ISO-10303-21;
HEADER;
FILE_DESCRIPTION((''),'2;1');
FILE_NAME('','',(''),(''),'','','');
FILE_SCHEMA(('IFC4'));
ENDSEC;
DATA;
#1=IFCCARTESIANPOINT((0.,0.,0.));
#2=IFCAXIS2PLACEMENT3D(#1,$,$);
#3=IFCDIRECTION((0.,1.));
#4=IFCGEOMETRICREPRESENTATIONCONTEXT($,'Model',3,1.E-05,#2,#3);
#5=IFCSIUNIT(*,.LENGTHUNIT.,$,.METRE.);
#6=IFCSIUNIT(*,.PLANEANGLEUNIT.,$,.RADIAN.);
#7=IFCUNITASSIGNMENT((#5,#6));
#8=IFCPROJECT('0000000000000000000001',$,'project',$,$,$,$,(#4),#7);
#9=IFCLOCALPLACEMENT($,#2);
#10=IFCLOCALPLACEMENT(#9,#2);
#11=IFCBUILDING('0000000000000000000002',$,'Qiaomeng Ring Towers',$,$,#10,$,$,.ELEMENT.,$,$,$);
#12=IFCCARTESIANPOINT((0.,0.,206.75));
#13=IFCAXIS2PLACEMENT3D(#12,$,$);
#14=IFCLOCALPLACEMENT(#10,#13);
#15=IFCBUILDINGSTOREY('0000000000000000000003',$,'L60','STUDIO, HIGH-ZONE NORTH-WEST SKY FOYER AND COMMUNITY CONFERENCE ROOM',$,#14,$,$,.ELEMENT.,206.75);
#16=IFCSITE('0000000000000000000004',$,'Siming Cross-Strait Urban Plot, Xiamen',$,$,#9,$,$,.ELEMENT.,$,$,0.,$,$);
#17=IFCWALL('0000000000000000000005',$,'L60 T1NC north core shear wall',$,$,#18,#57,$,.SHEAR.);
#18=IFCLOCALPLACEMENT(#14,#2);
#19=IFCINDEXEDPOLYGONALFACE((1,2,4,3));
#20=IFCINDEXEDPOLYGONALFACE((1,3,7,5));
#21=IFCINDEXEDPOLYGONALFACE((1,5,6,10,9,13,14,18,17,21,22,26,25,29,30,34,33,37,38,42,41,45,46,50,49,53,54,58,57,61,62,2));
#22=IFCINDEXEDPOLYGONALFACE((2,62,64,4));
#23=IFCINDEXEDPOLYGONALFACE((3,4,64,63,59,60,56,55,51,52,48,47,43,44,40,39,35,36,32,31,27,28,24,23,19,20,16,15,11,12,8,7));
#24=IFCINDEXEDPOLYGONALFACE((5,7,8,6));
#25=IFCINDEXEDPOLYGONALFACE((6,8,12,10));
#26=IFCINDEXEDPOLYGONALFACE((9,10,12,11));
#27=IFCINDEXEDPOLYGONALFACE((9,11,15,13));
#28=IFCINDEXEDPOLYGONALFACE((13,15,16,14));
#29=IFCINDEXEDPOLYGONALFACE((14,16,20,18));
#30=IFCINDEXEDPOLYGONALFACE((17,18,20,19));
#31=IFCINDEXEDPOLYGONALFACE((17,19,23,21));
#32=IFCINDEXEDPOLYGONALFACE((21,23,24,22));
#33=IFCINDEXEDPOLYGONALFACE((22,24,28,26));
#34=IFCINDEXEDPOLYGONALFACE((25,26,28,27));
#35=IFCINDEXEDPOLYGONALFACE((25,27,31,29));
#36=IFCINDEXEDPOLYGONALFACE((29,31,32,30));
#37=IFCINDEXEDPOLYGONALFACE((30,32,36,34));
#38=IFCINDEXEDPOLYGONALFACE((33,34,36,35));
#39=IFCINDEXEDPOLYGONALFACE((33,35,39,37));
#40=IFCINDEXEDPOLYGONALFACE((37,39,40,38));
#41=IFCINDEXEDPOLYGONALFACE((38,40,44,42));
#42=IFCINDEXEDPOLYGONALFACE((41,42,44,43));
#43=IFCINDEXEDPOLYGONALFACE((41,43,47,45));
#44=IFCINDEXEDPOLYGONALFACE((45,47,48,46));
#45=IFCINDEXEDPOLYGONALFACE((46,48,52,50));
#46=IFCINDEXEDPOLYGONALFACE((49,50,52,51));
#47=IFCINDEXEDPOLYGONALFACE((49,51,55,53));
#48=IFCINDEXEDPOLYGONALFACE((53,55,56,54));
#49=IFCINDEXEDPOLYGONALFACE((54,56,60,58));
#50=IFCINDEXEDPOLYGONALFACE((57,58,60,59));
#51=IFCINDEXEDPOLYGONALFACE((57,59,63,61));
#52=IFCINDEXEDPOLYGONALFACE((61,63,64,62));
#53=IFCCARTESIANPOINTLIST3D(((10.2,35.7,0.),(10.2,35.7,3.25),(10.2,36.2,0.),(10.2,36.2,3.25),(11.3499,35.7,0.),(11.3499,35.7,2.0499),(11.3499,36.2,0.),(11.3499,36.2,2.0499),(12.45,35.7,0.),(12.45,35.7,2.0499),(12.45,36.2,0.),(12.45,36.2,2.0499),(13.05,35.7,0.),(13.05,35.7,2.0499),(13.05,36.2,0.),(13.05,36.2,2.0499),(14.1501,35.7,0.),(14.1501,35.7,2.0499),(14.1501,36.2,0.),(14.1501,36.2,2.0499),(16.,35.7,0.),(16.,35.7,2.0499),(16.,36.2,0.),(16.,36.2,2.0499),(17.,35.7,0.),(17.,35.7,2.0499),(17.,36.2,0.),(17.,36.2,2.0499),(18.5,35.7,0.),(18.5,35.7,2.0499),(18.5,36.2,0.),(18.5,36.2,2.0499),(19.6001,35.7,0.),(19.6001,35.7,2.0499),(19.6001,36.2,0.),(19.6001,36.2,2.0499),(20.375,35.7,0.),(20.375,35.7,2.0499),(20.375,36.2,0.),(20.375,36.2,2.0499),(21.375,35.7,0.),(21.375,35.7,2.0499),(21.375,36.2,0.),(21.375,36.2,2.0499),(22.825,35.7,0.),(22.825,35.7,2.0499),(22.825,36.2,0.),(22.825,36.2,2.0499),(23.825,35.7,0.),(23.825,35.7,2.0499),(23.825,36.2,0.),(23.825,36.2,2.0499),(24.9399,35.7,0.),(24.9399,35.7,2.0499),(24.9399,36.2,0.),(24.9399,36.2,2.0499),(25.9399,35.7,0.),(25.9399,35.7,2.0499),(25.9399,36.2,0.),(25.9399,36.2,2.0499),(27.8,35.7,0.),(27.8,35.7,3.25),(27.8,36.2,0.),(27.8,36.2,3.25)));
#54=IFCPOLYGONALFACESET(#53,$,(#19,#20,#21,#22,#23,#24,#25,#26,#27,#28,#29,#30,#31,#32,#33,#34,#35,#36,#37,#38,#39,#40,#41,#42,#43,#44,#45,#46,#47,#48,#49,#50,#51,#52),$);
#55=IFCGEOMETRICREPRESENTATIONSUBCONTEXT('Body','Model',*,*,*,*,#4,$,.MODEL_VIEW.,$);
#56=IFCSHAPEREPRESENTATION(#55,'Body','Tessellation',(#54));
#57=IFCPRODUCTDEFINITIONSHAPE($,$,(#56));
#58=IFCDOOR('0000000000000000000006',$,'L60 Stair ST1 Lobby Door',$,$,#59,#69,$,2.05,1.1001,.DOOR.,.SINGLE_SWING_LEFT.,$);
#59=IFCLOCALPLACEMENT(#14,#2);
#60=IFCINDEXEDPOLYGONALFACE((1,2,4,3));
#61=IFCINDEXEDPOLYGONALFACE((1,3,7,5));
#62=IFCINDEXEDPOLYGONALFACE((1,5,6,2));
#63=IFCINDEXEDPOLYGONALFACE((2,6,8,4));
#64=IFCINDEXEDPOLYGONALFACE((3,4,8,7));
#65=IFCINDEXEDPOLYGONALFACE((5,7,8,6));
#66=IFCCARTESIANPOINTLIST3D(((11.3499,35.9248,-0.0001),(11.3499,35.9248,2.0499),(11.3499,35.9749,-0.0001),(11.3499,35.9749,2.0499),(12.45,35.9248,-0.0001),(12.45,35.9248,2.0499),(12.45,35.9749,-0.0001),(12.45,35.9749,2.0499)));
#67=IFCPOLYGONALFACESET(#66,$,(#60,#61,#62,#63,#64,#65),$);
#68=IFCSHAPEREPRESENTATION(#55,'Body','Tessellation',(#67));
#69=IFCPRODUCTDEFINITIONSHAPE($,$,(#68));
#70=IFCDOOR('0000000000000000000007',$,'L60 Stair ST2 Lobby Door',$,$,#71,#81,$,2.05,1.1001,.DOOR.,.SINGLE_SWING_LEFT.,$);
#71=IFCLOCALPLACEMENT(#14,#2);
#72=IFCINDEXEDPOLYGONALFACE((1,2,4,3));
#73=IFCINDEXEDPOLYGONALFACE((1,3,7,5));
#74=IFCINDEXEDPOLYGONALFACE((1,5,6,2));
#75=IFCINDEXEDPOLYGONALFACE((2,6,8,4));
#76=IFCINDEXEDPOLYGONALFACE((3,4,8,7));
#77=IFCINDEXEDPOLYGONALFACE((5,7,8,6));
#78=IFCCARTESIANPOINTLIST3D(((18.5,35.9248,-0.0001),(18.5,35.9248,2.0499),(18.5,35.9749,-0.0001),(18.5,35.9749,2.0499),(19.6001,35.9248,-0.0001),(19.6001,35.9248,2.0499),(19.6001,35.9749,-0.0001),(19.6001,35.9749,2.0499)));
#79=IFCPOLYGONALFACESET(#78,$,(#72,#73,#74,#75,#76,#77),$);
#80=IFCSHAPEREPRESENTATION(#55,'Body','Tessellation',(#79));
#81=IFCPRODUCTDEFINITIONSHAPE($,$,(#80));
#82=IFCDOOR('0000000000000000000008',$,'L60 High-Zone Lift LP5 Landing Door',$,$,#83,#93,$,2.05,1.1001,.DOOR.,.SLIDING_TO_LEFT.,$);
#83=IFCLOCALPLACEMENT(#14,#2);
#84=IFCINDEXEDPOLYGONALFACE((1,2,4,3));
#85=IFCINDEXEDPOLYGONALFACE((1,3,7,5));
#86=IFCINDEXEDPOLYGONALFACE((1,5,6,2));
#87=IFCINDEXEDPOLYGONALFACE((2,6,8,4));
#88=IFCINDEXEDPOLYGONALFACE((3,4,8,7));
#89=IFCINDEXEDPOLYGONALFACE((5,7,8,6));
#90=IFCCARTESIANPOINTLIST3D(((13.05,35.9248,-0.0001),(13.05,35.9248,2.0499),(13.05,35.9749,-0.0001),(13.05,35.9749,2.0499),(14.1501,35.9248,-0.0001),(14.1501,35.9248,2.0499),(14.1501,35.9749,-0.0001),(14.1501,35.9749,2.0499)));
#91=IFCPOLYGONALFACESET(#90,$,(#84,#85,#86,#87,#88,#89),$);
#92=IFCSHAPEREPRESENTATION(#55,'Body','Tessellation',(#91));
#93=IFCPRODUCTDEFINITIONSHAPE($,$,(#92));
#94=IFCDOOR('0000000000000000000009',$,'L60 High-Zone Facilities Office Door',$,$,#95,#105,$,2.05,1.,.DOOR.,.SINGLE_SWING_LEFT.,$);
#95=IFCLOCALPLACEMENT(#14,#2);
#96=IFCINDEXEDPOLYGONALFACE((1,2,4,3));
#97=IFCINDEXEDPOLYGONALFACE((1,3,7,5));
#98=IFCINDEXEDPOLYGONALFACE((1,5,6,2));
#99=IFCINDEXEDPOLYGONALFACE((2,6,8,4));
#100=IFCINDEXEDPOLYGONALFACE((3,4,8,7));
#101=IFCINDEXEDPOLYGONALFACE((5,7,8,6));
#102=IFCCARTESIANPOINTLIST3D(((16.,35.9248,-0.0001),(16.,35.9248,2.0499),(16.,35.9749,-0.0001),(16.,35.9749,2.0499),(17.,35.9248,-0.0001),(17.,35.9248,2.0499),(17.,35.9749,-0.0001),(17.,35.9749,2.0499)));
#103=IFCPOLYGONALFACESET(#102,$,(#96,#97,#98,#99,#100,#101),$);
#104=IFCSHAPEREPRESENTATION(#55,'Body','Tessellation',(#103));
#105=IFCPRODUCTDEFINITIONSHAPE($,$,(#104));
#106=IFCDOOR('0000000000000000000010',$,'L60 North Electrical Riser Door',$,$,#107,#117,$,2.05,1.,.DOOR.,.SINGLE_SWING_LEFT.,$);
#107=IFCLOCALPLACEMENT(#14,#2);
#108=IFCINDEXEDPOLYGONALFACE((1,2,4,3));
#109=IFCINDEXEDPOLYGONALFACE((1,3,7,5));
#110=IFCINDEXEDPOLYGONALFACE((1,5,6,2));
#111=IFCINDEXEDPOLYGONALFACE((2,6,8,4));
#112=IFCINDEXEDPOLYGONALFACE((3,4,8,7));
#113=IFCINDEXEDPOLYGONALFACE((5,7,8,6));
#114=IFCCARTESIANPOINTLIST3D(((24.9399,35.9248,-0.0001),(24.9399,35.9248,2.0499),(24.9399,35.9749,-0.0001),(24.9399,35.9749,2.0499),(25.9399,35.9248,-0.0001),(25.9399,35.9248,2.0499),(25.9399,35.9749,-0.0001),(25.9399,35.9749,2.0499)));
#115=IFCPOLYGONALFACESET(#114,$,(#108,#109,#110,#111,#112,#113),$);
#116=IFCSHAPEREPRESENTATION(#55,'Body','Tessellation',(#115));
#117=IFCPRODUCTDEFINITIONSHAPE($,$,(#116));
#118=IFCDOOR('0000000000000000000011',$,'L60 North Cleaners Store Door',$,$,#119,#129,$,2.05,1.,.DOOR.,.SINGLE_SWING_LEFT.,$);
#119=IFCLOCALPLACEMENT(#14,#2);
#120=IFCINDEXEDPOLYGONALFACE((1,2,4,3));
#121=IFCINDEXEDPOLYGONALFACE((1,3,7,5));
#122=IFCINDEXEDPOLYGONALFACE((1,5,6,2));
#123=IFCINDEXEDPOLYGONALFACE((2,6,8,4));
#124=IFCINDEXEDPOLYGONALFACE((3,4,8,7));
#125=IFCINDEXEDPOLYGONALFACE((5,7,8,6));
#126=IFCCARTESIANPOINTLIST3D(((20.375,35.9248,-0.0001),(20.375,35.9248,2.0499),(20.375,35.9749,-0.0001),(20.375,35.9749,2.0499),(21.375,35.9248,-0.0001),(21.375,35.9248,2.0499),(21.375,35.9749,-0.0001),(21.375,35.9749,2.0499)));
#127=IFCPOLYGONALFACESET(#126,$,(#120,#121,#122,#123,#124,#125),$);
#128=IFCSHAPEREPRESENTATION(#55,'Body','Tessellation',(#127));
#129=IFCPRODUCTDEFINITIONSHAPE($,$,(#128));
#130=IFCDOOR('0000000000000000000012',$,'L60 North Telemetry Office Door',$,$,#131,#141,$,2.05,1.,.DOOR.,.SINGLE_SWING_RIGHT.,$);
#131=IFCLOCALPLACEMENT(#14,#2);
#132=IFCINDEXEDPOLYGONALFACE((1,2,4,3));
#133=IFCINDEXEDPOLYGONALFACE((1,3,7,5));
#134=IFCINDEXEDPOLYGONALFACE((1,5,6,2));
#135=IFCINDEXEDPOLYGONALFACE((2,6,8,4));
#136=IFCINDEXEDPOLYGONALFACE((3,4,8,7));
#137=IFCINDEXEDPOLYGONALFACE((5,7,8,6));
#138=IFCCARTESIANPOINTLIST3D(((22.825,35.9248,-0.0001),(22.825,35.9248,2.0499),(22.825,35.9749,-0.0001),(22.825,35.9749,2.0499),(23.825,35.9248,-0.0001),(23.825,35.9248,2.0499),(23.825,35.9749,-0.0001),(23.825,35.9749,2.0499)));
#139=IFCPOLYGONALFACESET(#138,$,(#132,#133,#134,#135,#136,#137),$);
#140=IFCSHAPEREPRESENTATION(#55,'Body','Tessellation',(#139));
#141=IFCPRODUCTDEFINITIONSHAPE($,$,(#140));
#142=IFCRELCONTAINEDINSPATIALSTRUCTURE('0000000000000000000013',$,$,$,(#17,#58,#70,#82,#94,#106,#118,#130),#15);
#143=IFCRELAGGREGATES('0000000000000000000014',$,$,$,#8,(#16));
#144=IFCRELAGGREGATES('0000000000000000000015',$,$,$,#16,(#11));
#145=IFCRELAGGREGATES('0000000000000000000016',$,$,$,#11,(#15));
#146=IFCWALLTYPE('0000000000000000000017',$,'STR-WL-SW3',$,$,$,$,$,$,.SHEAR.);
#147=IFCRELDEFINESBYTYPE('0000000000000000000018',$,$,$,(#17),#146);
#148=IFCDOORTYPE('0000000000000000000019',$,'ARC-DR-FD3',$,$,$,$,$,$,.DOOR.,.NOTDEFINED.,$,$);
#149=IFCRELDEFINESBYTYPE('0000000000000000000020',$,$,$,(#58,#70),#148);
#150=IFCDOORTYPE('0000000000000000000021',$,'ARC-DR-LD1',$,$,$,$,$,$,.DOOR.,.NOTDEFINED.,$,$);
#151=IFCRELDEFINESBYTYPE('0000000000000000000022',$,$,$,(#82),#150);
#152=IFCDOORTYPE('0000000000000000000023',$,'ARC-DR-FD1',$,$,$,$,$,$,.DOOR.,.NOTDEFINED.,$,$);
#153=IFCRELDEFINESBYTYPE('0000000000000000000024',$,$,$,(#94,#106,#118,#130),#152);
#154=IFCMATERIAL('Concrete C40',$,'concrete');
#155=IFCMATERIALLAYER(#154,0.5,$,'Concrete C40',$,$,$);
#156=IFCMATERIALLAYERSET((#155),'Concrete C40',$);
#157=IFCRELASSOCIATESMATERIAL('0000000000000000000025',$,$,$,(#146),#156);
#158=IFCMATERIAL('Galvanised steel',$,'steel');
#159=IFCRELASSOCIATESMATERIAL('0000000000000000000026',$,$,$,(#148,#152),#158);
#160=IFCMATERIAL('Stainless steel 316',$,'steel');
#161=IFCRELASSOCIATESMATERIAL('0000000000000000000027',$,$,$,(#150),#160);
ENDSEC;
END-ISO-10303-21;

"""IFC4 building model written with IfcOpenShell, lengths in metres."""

from ifc_helpers import new_model, si_unit, direction, frame, frame_2d, origin, place, context, subcontext, project, spatial, rectangle, extrude, source, transform, mapped, material, layer, layer_set, type_object, element, fill, save


model = new_model("IFC4")

# Units and contexts
model_context = context("Model", 3, precision=1e-05, world=origin(), true_north=direction((0.0, 1.0)))
body_context = subcontext(model_context, "Body", "Model", "MODEL_VIEW")
ifc_project = project(units=[si_unit("LENGTHUNIT", "METRE"), si_unit("PLANEANGLEUNIT", "RADIAN")], contexts=[model_context])

# Site, building, storey
site_placement = place(None, origin())
site = spatial("IfcSite", under=ifc_project, at=site_placement, Name="Siming Cross-Strait Urban Plot, Xiamen", CompositionType="ELEMENT", RefElevation=0.0)
building_placement = place(site_placement, origin())
building = spatial("IfcBuilding", under=site, at=building_placement, Name="Qiaomeng Ring Towers", CompositionType="ELEMENT")
storey_placement = place(building_placement, frame((0.0, 0.0, 206.75)))
storey = spatial("IfcBuildingStorey", under=building, at=storey_placement, Name="L60", Description="STUDIO, HIGH-ZONE NORTH-WEST SKY FOYER AND COMMUNITY CONFERENCE ROOM", CompositionType="ELEMENT", Elevation=206.75)

# Shared definitions
ifc_material_1 = material(Name="Concrete C40", Category="concrete")

# Wall, openings, doors
ifc_layer_1 = layer(ifc_material_1, 0.5, Name="Concrete C40")
ifc_layer_set_1 = layer_set([ifc_layer_1], Name="Concrete C40")
wall_type_1 = type_object("IfcWallType", Name="STR-WL-SW3", PredefinedType="SHEAR", material=ifc_layer_set_1)
wall_1_placement = place(storey_placement, frame((10.2, 35.95, 0.0), z_axis=(0.0, 0.0, 1.0), x_axis=(1.0, 0.0, 0.0)))
wall_1 = element("IfcWall", 1, at=wall_1_placement, inside=storey, type_object=wall_type_1, Name="L60 T1NC north core shear wall", PredefinedType="SHEAR", context=body_context, shape_type="SweptSolid", body=[
    extrude(rectangle(XDim=17.6001, YDim=0.5, at=frame_2d((8.8, 0.0))), origin(), (0.0, 0.0, 1.0), 3.25),
])
opening_1_placement = place(wall_1_placement, frame((1.1499, 0.0, 0.0)))
opening_1 = element("IfcOpeningElement", 2, at=opening_1_placement, cuts=wall_1, PredefinedType="OPENING", context=body_context, shape_type="SweptSolid", body=[
    extrude(rectangle(XDim=1.1001, YDim=2.05, at=frame_2d((0.55, 1.0249))), frame((0.0, 0.26, 0.0), z_axis=(0.0, -1.0, 0.0), x_axis=(1.0, 0.0, 0.0)), (0.0, 0.0, 1.0), 0.52),
])
opening_2_placement = place(wall_1_placement, frame((8.3, 0.0, 0.0)))
opening_2 = element("IfcOpeningElement", 3, at=opening_2_placement, cuts=wall_1, PredefinedType="OPENING", context=body_context, shape_type="SweptSolid", body=[
    extrude(rectangle(XDim=1.1001, YDim=2.05, at=frame_2d((0.55, 1.0249))), frame((0.0, 0.26, 0.0), z_axis=(0.0, -1.0, 0.0), x_axis=(1.0, 0.0, 0.0)), (0.0, 0.0, 1.0), 0.52),
])
opening_3_placement = place(wall_1_placement, frame((2.8501, 0.0, 0.0)))
opening_3 = element("IfcOpeningElement", 4, at=opening_3_placement, cuts=wall_1, PredefinedType="OPENING", context=body_context, shape_type="SweptSolid", body=[
    extrude(rectangle(XDim=1.1001, YDim=2.05, at=frame_2d((0.55, 1.0249))), frame((0.0, 0.26, 0.0), z_axis=(0.0, -1.0, 0.0), x_axis=(1.0, 0.0, 0.0)), (0.0, 0.0, 1.0), 0.52),
])
opening_4_placement = place(wall_1_placement, frame((5.8, 0.0, 0.0)))
opening_4 = element("IfcOpeningElement", 5, at=opening_4_placement, cuts=wall_1, PredefinedType="OPENING", context=body_context, shape_type="SweptSolid", body=[
    extrude(rectangle(XDim=1.0, YDim=2.05, at=frame_2d((0.5, 1.0249))), frame((0.0, 0.26, 0.0), z_axis=(0.0, -1.0, 0.0), x_axis=(1.0, 0.0, 0.0)), (0.0, 0.0, 1.0), 0.52),
])
opening_5_placement = place(wall_1_placement, frame((14.74, 0.0, 0.0)))
opening_5 = element("IfcOpeningElement", 6, at=opening_5_placement, cuts=wall_1, PredefinedType="OPENING", context=body_context, shape_type="SweptSolid", body=[
    extrude(rectangle(XDim=1.0, YDim=2.05, at=frame_2d((0.5, 1.0249))), frame((0.0, 0.26, 0.0), z_axis=(0.0, -1.0, 0.0), x_axis=(1.0, 0.0, 0.0)), (0.0, 0.0, 1.0), 0.52),
])
opening_6_placement = place(wall_1_placement, frame((10.175, 0.0, 0.0)))
opening_6 = element("IfcOpeningElement", 7, at=opening_6_placement, cuts=wall_1, PredefinedType="OPENING", context=body_context, shape_type="SweptSolid", body=[
    extrude(rectangle(XDim=1.0, YDim=2.05, at=frame_2d((0.5, 1.0249))), frame((0.0, 0.26, 0.0), z_axis=(0.0, -1.0, 0.0), x_axis=(1.0, 0.0, 0.0)), (0.0, 0.0, 1.0), 0.52),
])
opening_7_placement = place(wall_1_placement, frame((12.625, 0.0, 0.0)))
opening_7 = element("IfcOpeningElement", 8, at=opening_7_placement, cuts=wall_1, PredefinedType="OPENING", context=body_context, shape_type="SweptSolid", body=[
    extrude(rectangle(XDim=1.0, YDim=2.05, at=frame_2d((0.5, 1.0249))), frame((0.0, 0.26, 0.0), z_axis=(0.0, -1.0, 0.0), x_axis=(1.0, 0.0, 0.0)), (0.0, 0.0, 1.0), 0.52),
])
ifc_material_2 = material(Name="Galvanised steel", Category="steel")
door_type_1 = type_object("IfcDoorType", Name="ARC-DR-FD3", OperationType="NOTDEFINED", PredefinedType="DOOR", material=ifc_material_2)
shared_shape_1 = source(origin(), body_context, "Body", "SweptSolid", [
    extrude(rectangle(XDim=1.1001, YDim=2.05, at=frame_2d((0.55, 1.0249))), frame((0.0, 0.0249, 0.0), z_axis=(0.0, -1.0, 0.0), x_axis=(1.0, 0.0, 0.0)), (0.0, 0.0, 1.0), 0.05),
])
door_1_placement = place(opening_1_placement, origin())
door_1 = element("IfcDoor", 9, at=door_1_placement, inside=storey, type_object=door_type_1, Name="L60 Stair ST1 Lobby Door", OperationType="SINGLE_SWING_LEFT", OverallHeight=2.05, OverallWidth=1.1001, PredefinedType="DOOR", context=body_context, shape_type="MappedRepresentation", body=[
    mapped(shared_shape_1, transform((0.0, 0.0, 0.0), x_axis=(1.0, 0.0, 0.0), y_axis=(0.0, 1.0, 0.0), z_axis=(0.0, 0.0, 1.0), scale=1.0)),
])
fill(opening_1, door_1)
door_2_placement = place(opening_2_placement, origin())
door_2 = element("IfcDoor", 10, at=door_2_placement, inside=storey, type_object=door_type_1, Name="L60 Stair ST2 Lobby Door", OperationType="SINGLE_SWING_LEFT", OverallHeight=2.05, OverallWidth=1.1001, PredefinedType="DOOR", context=body_context, shape_type="MappedRepresentation", body=[
    mapped(shared_shape_1, transform((0.0, 0.0, 0.0), x_axis=(1.0, 0.0, 0.0), y_axis=(0.0, 1.0, 0.0), z_axis=(0.0, 0.0, 1.0), scale=1.0)),
])
fill(opening_2, door_2)
ifc_material_3 = material(Name="Stainless steel 316", Category="steel")
door_type_2 = type_object("IfcDoorType", Name="ARC-DR-LD1", OperationType="NOTDEFINED", PredefinedType="DOOR", material=ifc_material_3)
door_3_placement = place(opening_3_placement, origin())
door_3 = element("IfcDoor", 11, at=door_3_placement, inside=storey, type_object=door_type_2, Name="L60 High-Zone Lift LP5 Landing Door", OperationType="SLIDING_TO_LEFT", OverallHeight=2.05, OverallWidth=1.1001, PredefinedType="DOOR", context=body_context, shape_type="MappedRepresentation", body=[
    mapped(shared_shape_1, transform((0.0, 0.0, 0.0), x_axis=(1.0, 0.0, 0.0), y_axis=(0.0, 1.0, 0.0), z_axis=(0.0, 0.0, 1.0), scale=1.0)),
])
fill(opening_3, door_3)
door_type_3 = type_object("IfcDoorType", Name="ARC-DR-FD1", OperationType="NOTDEFINED", PredefinedType="DOOR", material=ifc_material_2)
shared_shape_2 = source(origin(), body_context, "Body", "SweptSolid", [
    extrude(rectangle(XDim=1.0, YDim=2.05, at=frame_2d((0.5, 1.0249))), frame((0.0, 0.0249, 0.0), z_axis=(0.0, -1.0, 0.0), x_axis=(1.0, 0.0, 0.0)), (0.0, 0.0, 1.0), 0.05),
])
door_4_placement = place(opening_4_placement, origin())
door_4 = element("IfcDoor", 12, at=door_4_placement, inside=storey, type_object=door_type_3, Name="L60 High-Zone Facilities Office Door", OperationType="SINGLE_SWING_LEFT", OverallHeight=2.05, OverallWidth=1.0, PredefinedType="DOOR", context=body_context, shape_type="MappedRepresentation", body=[
    mapped(shared_shape_2, transform((0.0, 0.0, 0.0), x_axis=(1.0, 0.0, 0.0), y_axis=(0.0, 1.0, 0.0), z_axis=(0.0, 0.0, 1.0), scale=1.0)),
])
fill(opening_4, door_4)
door_5_placement = place(opening_5_placement, origin())
door_5 = element("IfcDoor", 13, at=door_5_placement, inside=storey, type_object=door_type_3, Name="L60 North Electrical Riser Door", OperationType="SINGLE_SWING_LEFT", OverallHeight=2.05, OverallWidth=1.0, PredefinedType="DOOR", context=body_context, shape_type="MappedRepresentation", body=[
    mapped(shared_shape_2, transform((0.0, 0.0, 0.0), x_axis=(1.0, 0.0, 0.0), y_axis=(0.0, 1.0, 0.0), z_axis=(0.0, 0.0, 1.0), scale=1.0)),
])
fill(opening_5, door_5)
door_6_placement = place(opening_6_placement, origin())
door_6 = element("IfcDoor", 14, at=door_6_placement, inside=storey, type_object=door_type_3, Name="L60 North Cleaners Store Door", OperationType="SINGLE_SWING_LEFT", OverallHeight=2.05, OverallWidth=1.0, PredefinedType="DOOR", context=body_context, shape_type="MappedRepresentation", body=[
    mapped(shared_shape_2, transform((0.0, 0.0, 0.0), x_axis=(1.0, 0.0, 0.0), y_axis=(0.0, 1.0, 0.0), z_axis=(0.0, 0.0, 1.0), scale=1.0)),
])
fill(opening_6, door_6)
door_7_placement = place(opening_7_placement, origin())
door_7 = element("IfcDoor", 15, at=door_7_placement, inside=storey, type_object=door_type_3, Name="L60 North Telemetry Office Door", OperationType="SINGLE_SWING_RIGHT", OverallHeight=2.05, OverallWidth=1.0, PredefinedType="DOOR", context=body_context, shape_type="MappedRepresentation", body=[
    mapped(shared_shape_2, transform((0.0, 0.0, 0.0), x_axis=(1.0, 0.0, 0.0), y_axis=(0.0, 1.0, 0.0), z_axis=(0.0, 0.0, 1.0), scale=1.0)),
])
fill(opening_7, door_7)

save(model, "model.ifc")
